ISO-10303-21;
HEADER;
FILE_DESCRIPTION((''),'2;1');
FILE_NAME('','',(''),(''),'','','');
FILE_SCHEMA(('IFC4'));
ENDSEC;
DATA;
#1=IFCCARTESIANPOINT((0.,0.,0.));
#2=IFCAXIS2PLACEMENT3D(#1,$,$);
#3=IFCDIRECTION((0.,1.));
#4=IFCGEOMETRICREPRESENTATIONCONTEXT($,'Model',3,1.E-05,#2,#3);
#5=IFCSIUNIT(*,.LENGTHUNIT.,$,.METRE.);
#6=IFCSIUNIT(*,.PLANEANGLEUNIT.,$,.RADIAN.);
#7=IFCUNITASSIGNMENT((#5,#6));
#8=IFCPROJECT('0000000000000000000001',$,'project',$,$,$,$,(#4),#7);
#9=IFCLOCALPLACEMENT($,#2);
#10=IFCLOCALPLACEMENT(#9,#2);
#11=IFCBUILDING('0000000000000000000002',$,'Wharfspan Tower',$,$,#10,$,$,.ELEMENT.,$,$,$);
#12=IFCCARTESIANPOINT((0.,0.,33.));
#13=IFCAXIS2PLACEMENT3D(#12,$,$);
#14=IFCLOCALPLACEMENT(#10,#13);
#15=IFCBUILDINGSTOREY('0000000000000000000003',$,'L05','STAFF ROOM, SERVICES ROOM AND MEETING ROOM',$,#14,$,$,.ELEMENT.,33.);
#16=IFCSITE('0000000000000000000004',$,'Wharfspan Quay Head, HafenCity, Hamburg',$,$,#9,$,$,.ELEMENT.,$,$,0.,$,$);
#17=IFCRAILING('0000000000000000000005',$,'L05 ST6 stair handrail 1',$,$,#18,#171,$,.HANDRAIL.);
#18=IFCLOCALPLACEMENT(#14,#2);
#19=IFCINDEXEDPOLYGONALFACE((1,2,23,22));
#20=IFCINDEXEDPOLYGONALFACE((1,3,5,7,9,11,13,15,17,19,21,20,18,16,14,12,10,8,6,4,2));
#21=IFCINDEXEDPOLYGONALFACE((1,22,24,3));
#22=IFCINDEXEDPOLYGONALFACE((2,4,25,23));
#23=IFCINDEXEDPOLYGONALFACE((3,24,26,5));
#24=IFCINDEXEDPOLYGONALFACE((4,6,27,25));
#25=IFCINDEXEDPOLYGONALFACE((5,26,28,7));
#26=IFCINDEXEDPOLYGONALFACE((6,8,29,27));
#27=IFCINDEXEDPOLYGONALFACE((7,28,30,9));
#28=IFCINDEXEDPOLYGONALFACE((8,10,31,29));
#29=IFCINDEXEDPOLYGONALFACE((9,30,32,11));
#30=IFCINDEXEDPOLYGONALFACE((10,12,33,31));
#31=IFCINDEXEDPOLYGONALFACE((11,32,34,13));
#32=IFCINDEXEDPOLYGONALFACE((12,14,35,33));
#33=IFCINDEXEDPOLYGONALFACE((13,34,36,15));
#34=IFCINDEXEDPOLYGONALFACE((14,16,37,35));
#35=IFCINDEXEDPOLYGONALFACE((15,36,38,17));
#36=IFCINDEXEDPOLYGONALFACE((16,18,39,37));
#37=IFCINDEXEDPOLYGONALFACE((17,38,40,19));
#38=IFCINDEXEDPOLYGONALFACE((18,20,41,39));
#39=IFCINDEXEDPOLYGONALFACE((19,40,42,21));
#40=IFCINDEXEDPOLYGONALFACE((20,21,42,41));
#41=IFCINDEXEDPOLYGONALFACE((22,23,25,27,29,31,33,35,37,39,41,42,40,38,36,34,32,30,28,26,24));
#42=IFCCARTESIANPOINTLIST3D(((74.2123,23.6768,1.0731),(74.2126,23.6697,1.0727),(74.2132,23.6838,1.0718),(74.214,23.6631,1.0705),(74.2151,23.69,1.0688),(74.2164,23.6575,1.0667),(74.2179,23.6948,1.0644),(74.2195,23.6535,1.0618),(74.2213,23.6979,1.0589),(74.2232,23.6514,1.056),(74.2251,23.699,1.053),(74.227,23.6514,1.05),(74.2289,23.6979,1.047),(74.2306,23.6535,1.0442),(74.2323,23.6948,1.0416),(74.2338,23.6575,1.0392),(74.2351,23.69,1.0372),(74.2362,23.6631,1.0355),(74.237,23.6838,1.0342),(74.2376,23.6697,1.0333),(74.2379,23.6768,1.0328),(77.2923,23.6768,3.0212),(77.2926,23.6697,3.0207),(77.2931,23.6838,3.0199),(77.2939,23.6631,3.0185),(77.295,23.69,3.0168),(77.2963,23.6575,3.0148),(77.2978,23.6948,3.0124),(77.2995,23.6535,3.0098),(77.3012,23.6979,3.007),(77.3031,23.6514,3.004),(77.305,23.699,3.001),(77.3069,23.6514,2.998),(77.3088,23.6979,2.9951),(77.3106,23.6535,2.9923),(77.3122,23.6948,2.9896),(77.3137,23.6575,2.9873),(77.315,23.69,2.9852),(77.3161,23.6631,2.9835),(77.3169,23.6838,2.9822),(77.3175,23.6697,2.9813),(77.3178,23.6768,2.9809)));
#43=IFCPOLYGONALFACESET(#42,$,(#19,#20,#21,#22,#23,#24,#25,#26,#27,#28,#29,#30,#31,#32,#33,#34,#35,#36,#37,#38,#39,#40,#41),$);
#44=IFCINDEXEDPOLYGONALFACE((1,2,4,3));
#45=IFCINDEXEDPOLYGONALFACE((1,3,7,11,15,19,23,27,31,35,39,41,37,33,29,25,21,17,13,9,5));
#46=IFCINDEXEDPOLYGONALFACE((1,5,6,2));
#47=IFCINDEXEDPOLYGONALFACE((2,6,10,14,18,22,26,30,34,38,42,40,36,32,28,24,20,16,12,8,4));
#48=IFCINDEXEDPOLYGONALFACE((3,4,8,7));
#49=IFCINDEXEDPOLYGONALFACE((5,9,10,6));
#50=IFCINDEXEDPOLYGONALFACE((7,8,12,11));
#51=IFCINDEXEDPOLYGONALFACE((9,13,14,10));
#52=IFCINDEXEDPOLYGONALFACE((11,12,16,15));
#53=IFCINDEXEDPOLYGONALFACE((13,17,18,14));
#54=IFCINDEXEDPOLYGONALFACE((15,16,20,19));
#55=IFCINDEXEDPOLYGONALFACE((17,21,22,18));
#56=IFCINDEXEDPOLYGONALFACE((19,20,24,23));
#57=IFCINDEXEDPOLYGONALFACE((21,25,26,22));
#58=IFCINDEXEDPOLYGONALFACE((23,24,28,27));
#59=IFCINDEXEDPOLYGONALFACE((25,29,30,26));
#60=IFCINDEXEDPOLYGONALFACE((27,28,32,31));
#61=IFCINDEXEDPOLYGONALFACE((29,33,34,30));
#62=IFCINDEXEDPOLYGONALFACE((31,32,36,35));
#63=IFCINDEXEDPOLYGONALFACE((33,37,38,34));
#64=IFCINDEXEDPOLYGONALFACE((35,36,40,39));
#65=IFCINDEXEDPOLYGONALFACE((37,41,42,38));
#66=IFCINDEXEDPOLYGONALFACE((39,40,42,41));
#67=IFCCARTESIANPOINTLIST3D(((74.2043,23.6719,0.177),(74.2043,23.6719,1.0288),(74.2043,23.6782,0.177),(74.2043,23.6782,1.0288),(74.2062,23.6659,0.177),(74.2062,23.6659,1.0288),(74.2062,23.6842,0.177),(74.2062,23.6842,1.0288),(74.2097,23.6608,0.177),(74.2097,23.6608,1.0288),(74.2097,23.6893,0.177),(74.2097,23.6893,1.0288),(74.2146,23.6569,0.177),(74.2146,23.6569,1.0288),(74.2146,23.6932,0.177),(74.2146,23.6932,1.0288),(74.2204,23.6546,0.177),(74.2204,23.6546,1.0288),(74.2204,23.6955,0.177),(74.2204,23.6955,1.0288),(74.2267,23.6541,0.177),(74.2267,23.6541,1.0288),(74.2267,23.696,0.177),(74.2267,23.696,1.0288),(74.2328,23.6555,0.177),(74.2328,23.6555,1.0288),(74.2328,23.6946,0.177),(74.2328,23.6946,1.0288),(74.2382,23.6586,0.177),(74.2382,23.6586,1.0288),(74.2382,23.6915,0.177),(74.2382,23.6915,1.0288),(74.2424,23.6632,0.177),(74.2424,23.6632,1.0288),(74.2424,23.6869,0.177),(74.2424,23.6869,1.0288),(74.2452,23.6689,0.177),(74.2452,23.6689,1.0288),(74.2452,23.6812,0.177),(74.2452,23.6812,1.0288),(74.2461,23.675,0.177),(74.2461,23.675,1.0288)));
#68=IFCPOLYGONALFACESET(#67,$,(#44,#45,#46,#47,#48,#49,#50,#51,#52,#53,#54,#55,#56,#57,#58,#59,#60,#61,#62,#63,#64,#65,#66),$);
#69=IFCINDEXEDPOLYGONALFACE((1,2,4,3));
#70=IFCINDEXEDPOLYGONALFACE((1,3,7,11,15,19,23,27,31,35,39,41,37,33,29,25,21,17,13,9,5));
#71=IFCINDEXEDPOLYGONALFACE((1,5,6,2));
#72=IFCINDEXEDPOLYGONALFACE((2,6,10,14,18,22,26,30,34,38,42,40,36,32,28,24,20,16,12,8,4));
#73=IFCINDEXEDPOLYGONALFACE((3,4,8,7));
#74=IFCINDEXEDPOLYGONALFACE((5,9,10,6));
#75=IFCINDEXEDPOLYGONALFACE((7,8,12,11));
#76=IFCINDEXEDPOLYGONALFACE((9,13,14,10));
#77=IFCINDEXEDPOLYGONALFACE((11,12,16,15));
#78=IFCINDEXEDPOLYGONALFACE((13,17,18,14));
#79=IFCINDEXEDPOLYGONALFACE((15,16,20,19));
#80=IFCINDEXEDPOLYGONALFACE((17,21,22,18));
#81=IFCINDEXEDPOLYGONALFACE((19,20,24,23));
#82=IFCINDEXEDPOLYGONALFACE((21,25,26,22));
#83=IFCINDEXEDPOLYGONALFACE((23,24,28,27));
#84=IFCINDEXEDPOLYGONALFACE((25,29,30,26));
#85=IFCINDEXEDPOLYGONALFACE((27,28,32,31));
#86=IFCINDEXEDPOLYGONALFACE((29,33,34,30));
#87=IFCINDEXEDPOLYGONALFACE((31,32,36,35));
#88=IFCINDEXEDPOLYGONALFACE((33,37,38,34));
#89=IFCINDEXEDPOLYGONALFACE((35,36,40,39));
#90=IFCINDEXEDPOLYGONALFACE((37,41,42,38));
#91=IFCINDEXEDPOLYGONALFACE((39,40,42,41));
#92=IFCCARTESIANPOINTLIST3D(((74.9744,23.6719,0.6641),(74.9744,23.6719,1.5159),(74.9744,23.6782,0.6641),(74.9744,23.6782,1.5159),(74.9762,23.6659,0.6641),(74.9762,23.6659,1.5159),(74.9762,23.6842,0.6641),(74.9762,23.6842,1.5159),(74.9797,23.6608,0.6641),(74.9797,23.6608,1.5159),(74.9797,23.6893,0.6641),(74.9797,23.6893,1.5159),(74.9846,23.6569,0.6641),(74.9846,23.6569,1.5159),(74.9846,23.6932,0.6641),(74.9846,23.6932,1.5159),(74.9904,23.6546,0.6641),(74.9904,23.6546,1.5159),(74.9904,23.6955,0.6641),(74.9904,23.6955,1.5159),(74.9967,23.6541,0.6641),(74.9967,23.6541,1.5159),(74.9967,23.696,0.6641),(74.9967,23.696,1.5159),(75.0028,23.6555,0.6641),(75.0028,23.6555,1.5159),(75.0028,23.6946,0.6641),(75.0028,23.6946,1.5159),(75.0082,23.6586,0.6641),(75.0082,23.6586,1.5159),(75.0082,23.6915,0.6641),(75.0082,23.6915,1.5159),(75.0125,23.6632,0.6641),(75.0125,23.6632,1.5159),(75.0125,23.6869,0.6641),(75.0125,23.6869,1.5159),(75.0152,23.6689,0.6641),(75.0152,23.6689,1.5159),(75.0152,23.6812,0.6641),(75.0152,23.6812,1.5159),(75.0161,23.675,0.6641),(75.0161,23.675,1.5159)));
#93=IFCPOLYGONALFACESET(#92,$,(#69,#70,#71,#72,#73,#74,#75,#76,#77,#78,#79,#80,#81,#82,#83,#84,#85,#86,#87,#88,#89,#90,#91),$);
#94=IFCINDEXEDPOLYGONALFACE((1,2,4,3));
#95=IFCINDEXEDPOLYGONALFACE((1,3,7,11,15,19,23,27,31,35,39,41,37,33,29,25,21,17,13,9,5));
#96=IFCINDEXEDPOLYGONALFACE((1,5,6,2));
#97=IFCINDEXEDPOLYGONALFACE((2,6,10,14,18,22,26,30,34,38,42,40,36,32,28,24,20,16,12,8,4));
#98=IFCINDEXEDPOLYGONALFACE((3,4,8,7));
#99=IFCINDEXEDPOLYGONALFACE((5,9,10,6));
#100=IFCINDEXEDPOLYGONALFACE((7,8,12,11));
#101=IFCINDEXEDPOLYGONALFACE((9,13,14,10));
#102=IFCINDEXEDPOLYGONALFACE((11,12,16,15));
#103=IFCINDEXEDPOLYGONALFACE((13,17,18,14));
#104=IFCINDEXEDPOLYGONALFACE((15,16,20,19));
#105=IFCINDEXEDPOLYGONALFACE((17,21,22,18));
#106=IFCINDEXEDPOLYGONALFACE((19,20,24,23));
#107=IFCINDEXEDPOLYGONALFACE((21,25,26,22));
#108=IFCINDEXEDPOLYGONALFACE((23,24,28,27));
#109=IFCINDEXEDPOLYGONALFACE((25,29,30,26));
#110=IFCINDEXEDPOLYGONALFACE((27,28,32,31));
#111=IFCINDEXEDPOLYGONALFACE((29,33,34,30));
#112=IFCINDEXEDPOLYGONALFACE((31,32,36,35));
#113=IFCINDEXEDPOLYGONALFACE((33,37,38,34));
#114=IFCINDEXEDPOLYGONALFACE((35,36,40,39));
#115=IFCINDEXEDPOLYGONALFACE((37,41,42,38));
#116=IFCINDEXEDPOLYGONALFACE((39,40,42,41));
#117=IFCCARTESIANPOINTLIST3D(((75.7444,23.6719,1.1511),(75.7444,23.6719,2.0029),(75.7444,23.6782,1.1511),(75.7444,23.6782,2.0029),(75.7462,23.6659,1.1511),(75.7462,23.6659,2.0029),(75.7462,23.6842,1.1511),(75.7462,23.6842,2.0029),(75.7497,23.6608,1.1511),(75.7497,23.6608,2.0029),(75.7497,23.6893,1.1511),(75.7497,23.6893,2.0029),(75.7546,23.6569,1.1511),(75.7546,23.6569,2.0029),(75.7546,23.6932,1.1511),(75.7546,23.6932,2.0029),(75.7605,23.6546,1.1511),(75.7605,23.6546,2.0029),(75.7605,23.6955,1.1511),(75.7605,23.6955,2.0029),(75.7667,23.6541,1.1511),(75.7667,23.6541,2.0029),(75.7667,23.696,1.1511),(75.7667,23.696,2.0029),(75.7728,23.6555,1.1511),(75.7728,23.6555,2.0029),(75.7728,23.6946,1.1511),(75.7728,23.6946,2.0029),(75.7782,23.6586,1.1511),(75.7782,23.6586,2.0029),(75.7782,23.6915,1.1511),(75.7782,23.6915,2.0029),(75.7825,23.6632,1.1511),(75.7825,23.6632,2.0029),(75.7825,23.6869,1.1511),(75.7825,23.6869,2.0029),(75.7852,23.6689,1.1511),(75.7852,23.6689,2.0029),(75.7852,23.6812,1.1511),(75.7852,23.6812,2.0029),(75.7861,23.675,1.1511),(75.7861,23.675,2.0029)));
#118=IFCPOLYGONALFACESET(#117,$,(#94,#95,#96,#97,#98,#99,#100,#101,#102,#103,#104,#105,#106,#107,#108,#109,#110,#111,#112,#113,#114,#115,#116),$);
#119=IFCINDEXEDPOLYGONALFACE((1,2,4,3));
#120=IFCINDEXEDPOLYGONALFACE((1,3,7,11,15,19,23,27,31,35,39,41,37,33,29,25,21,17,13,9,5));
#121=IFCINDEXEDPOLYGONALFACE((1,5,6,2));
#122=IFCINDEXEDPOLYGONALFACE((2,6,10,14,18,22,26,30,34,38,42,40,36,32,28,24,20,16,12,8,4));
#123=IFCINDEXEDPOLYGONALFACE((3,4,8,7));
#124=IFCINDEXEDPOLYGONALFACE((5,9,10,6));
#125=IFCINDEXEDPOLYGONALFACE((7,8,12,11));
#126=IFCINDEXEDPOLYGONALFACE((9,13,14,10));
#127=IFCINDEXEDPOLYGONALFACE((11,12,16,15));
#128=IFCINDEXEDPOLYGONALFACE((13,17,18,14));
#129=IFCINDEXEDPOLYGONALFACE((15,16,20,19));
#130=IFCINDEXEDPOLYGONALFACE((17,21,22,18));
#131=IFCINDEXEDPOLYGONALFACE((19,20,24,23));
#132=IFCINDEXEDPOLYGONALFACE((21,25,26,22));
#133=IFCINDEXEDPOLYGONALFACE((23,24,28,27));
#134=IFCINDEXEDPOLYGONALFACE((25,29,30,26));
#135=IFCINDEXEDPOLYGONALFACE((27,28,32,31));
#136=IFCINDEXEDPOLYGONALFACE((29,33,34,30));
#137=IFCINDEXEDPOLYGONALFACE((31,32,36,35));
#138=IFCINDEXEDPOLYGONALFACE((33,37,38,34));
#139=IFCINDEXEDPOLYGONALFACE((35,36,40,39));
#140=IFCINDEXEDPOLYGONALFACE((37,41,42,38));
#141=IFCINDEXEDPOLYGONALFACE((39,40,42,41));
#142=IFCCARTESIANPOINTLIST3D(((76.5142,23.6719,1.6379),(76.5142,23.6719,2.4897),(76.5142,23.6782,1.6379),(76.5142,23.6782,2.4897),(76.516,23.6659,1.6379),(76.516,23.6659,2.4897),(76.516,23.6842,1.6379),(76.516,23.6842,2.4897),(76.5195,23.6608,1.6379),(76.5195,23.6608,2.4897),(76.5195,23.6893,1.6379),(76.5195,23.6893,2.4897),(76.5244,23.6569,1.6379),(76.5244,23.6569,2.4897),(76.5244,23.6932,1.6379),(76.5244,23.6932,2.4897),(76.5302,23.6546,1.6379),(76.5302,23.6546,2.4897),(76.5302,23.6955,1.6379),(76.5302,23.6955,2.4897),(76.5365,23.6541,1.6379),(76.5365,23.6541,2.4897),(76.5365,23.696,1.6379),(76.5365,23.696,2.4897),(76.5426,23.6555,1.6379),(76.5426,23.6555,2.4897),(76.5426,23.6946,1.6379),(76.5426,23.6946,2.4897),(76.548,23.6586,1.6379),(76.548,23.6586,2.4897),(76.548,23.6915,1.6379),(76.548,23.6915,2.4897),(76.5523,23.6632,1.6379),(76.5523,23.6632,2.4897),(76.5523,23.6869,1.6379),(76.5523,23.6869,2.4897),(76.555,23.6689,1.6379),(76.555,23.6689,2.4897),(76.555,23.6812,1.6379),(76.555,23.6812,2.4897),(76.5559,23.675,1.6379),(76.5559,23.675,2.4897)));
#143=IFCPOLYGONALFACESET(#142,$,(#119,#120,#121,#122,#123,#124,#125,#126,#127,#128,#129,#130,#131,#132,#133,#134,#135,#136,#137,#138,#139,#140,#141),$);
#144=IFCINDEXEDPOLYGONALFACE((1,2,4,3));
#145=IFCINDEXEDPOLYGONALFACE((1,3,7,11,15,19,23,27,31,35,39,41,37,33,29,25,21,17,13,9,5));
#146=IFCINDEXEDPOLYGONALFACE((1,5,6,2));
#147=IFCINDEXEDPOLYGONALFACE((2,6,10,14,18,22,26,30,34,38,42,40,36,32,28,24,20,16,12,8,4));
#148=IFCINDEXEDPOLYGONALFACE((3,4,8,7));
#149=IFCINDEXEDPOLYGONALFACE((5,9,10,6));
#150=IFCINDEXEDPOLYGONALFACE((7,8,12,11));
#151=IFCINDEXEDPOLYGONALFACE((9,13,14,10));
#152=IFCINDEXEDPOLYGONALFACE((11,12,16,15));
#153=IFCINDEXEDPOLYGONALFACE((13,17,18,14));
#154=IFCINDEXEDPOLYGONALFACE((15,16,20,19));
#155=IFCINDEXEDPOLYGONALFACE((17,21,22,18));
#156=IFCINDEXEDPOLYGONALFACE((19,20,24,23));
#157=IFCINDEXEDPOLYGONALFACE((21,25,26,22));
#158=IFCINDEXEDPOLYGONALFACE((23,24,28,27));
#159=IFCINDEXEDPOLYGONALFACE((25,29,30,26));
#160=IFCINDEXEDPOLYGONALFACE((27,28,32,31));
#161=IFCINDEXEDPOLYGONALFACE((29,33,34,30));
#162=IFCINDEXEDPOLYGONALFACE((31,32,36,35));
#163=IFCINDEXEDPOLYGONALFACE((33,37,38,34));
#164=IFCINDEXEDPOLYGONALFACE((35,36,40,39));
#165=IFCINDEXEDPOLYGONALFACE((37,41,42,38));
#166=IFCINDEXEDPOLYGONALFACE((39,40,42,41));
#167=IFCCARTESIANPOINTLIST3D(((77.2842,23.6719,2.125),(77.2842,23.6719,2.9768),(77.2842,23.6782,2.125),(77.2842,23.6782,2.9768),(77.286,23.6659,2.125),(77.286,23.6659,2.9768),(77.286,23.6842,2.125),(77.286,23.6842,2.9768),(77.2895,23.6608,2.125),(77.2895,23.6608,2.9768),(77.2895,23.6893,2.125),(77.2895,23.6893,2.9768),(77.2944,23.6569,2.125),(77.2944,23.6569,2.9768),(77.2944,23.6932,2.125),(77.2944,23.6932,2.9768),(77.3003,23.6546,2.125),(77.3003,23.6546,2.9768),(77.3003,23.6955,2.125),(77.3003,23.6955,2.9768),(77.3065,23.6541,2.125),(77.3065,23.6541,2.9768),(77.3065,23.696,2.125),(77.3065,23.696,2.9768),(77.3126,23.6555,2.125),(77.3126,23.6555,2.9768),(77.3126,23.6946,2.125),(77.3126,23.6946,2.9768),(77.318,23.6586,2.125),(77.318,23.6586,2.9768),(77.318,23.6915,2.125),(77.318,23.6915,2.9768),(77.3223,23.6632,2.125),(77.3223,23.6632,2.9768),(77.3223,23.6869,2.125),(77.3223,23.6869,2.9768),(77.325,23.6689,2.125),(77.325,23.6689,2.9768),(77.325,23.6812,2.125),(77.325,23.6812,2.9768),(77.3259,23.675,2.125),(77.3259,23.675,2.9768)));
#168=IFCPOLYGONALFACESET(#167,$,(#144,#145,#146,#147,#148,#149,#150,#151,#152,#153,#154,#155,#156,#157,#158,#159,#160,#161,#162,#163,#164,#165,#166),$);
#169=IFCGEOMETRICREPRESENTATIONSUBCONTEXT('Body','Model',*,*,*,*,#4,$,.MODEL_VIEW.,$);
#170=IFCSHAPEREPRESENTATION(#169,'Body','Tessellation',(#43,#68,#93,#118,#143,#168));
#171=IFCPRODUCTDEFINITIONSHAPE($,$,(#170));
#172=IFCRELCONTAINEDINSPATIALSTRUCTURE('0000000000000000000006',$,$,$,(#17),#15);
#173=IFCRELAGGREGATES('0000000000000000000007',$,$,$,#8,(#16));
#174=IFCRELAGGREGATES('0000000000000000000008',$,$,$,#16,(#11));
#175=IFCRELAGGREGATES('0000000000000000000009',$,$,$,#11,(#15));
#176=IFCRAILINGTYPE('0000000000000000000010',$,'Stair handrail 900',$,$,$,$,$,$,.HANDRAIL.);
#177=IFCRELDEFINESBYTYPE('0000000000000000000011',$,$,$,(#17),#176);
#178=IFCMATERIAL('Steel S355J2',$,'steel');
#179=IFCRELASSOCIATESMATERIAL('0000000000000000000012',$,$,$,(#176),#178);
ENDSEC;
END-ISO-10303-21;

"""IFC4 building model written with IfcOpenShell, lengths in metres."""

from ifc_helpers import new_model, si_unit, direction, frame, origin, origin_2d, place, context, subcontext, project, spatial, circle, extrude, material, type_object, element, save


model = new_model("IFC4")

# Units and contexts
model_context = context("Model", 3, precision=1e-05, world=origin(), true_north=direction((0.0, 1.0)))
body_context = subcontext(model_context, "Body", "Model", "MODEL_VIEW")
ifc_project = project(units=[si_unit("LENGTHUNIT", "METRE"), si_unit("PLANEANGLEUNIT", "RADIAN")], contexts=[model_context])

# Site, building, storey
site_placement = place(None, origin())
site = spatial("IfcSite", under=ifc_project, at=site_placement, Name="Wharfspan Quay Head, HafenCity, Hamburg", CompositionType="ELEMENT", RefElevation=0.0)
building_placement = place(site_placement, origin())
building = spatial("IfcBuilding", under=site, at=building_placement, Name="Wharfspan Tower", CompositionType="ELEMENT")
storey_placement = place(building_placement, frame((0.0, 0.0, 33.0)))
storey = spatial("IfcBuildingStorey", under=building, at=storey_placement, Name="L05", Description="STAFF ROOM, SERVICES ROOM AND MEETING ROOM", CompositionType="ELEMENT", Elevation=33.0)

# Railing
ifc_material_1 = material(Name="Steel S355J2", Category="steel")
railing_type_1 = type_object("IfcRailingType", Name="Stair handrail 900", PredefinedType="HANDRAIL", material=ifc_material_1)
for number, where, name in (
    (1, (74.2251, 23.675, 0.177), "L05 ST6 stair handrail 1"),
):
    element("IfcRailing", number, at=place(storey_placement, frame(where)), inside=storey, type_object=railing_type_1, Name=name, PredefinedType="HANDRAIL", context=body_context, shape_type="SweptSolid", body=[
        extrude(circle(Radius=0.0239, at=origin_2d()), frame((0.0, 0.0, 0.876), z_axis=(0.845137, 0.0, 0.53455), x_axis=(0.0, 1.0, 0.0)), (0.0, 0.0, 1.0), 3.6443),
        extrude(circle(Radius=0.021, at=origin_2d()), origin(), (0.0, 0.0, 1.0), 0.8518),
        extrude(circle(Radius=0.021, at=origin_2d()), frame((0.77, 0.0, 0.4871)), (0.0, 0.0, 1.0), 0.8518),
        extrude(circle(Radius=0.021, at=origin_2d()), frame((1.54, 0.0, 0.9741)), (0.0, 0.0, 1.0), 0.8518),
        extrude(circle(Radius=0.021, at=origin_2d()), frame((2.3098, 0.0, 1.4609)), (0.0, 0.0, 1.0), 0.8518),
        extrude(circle(Radius=0.021, at=origin_2d()), frame((3.0798, 0.0, 1.948)), (0.0, 0.0, 1.0), 0.8518),
    ])

save(model, "model.ifc")
